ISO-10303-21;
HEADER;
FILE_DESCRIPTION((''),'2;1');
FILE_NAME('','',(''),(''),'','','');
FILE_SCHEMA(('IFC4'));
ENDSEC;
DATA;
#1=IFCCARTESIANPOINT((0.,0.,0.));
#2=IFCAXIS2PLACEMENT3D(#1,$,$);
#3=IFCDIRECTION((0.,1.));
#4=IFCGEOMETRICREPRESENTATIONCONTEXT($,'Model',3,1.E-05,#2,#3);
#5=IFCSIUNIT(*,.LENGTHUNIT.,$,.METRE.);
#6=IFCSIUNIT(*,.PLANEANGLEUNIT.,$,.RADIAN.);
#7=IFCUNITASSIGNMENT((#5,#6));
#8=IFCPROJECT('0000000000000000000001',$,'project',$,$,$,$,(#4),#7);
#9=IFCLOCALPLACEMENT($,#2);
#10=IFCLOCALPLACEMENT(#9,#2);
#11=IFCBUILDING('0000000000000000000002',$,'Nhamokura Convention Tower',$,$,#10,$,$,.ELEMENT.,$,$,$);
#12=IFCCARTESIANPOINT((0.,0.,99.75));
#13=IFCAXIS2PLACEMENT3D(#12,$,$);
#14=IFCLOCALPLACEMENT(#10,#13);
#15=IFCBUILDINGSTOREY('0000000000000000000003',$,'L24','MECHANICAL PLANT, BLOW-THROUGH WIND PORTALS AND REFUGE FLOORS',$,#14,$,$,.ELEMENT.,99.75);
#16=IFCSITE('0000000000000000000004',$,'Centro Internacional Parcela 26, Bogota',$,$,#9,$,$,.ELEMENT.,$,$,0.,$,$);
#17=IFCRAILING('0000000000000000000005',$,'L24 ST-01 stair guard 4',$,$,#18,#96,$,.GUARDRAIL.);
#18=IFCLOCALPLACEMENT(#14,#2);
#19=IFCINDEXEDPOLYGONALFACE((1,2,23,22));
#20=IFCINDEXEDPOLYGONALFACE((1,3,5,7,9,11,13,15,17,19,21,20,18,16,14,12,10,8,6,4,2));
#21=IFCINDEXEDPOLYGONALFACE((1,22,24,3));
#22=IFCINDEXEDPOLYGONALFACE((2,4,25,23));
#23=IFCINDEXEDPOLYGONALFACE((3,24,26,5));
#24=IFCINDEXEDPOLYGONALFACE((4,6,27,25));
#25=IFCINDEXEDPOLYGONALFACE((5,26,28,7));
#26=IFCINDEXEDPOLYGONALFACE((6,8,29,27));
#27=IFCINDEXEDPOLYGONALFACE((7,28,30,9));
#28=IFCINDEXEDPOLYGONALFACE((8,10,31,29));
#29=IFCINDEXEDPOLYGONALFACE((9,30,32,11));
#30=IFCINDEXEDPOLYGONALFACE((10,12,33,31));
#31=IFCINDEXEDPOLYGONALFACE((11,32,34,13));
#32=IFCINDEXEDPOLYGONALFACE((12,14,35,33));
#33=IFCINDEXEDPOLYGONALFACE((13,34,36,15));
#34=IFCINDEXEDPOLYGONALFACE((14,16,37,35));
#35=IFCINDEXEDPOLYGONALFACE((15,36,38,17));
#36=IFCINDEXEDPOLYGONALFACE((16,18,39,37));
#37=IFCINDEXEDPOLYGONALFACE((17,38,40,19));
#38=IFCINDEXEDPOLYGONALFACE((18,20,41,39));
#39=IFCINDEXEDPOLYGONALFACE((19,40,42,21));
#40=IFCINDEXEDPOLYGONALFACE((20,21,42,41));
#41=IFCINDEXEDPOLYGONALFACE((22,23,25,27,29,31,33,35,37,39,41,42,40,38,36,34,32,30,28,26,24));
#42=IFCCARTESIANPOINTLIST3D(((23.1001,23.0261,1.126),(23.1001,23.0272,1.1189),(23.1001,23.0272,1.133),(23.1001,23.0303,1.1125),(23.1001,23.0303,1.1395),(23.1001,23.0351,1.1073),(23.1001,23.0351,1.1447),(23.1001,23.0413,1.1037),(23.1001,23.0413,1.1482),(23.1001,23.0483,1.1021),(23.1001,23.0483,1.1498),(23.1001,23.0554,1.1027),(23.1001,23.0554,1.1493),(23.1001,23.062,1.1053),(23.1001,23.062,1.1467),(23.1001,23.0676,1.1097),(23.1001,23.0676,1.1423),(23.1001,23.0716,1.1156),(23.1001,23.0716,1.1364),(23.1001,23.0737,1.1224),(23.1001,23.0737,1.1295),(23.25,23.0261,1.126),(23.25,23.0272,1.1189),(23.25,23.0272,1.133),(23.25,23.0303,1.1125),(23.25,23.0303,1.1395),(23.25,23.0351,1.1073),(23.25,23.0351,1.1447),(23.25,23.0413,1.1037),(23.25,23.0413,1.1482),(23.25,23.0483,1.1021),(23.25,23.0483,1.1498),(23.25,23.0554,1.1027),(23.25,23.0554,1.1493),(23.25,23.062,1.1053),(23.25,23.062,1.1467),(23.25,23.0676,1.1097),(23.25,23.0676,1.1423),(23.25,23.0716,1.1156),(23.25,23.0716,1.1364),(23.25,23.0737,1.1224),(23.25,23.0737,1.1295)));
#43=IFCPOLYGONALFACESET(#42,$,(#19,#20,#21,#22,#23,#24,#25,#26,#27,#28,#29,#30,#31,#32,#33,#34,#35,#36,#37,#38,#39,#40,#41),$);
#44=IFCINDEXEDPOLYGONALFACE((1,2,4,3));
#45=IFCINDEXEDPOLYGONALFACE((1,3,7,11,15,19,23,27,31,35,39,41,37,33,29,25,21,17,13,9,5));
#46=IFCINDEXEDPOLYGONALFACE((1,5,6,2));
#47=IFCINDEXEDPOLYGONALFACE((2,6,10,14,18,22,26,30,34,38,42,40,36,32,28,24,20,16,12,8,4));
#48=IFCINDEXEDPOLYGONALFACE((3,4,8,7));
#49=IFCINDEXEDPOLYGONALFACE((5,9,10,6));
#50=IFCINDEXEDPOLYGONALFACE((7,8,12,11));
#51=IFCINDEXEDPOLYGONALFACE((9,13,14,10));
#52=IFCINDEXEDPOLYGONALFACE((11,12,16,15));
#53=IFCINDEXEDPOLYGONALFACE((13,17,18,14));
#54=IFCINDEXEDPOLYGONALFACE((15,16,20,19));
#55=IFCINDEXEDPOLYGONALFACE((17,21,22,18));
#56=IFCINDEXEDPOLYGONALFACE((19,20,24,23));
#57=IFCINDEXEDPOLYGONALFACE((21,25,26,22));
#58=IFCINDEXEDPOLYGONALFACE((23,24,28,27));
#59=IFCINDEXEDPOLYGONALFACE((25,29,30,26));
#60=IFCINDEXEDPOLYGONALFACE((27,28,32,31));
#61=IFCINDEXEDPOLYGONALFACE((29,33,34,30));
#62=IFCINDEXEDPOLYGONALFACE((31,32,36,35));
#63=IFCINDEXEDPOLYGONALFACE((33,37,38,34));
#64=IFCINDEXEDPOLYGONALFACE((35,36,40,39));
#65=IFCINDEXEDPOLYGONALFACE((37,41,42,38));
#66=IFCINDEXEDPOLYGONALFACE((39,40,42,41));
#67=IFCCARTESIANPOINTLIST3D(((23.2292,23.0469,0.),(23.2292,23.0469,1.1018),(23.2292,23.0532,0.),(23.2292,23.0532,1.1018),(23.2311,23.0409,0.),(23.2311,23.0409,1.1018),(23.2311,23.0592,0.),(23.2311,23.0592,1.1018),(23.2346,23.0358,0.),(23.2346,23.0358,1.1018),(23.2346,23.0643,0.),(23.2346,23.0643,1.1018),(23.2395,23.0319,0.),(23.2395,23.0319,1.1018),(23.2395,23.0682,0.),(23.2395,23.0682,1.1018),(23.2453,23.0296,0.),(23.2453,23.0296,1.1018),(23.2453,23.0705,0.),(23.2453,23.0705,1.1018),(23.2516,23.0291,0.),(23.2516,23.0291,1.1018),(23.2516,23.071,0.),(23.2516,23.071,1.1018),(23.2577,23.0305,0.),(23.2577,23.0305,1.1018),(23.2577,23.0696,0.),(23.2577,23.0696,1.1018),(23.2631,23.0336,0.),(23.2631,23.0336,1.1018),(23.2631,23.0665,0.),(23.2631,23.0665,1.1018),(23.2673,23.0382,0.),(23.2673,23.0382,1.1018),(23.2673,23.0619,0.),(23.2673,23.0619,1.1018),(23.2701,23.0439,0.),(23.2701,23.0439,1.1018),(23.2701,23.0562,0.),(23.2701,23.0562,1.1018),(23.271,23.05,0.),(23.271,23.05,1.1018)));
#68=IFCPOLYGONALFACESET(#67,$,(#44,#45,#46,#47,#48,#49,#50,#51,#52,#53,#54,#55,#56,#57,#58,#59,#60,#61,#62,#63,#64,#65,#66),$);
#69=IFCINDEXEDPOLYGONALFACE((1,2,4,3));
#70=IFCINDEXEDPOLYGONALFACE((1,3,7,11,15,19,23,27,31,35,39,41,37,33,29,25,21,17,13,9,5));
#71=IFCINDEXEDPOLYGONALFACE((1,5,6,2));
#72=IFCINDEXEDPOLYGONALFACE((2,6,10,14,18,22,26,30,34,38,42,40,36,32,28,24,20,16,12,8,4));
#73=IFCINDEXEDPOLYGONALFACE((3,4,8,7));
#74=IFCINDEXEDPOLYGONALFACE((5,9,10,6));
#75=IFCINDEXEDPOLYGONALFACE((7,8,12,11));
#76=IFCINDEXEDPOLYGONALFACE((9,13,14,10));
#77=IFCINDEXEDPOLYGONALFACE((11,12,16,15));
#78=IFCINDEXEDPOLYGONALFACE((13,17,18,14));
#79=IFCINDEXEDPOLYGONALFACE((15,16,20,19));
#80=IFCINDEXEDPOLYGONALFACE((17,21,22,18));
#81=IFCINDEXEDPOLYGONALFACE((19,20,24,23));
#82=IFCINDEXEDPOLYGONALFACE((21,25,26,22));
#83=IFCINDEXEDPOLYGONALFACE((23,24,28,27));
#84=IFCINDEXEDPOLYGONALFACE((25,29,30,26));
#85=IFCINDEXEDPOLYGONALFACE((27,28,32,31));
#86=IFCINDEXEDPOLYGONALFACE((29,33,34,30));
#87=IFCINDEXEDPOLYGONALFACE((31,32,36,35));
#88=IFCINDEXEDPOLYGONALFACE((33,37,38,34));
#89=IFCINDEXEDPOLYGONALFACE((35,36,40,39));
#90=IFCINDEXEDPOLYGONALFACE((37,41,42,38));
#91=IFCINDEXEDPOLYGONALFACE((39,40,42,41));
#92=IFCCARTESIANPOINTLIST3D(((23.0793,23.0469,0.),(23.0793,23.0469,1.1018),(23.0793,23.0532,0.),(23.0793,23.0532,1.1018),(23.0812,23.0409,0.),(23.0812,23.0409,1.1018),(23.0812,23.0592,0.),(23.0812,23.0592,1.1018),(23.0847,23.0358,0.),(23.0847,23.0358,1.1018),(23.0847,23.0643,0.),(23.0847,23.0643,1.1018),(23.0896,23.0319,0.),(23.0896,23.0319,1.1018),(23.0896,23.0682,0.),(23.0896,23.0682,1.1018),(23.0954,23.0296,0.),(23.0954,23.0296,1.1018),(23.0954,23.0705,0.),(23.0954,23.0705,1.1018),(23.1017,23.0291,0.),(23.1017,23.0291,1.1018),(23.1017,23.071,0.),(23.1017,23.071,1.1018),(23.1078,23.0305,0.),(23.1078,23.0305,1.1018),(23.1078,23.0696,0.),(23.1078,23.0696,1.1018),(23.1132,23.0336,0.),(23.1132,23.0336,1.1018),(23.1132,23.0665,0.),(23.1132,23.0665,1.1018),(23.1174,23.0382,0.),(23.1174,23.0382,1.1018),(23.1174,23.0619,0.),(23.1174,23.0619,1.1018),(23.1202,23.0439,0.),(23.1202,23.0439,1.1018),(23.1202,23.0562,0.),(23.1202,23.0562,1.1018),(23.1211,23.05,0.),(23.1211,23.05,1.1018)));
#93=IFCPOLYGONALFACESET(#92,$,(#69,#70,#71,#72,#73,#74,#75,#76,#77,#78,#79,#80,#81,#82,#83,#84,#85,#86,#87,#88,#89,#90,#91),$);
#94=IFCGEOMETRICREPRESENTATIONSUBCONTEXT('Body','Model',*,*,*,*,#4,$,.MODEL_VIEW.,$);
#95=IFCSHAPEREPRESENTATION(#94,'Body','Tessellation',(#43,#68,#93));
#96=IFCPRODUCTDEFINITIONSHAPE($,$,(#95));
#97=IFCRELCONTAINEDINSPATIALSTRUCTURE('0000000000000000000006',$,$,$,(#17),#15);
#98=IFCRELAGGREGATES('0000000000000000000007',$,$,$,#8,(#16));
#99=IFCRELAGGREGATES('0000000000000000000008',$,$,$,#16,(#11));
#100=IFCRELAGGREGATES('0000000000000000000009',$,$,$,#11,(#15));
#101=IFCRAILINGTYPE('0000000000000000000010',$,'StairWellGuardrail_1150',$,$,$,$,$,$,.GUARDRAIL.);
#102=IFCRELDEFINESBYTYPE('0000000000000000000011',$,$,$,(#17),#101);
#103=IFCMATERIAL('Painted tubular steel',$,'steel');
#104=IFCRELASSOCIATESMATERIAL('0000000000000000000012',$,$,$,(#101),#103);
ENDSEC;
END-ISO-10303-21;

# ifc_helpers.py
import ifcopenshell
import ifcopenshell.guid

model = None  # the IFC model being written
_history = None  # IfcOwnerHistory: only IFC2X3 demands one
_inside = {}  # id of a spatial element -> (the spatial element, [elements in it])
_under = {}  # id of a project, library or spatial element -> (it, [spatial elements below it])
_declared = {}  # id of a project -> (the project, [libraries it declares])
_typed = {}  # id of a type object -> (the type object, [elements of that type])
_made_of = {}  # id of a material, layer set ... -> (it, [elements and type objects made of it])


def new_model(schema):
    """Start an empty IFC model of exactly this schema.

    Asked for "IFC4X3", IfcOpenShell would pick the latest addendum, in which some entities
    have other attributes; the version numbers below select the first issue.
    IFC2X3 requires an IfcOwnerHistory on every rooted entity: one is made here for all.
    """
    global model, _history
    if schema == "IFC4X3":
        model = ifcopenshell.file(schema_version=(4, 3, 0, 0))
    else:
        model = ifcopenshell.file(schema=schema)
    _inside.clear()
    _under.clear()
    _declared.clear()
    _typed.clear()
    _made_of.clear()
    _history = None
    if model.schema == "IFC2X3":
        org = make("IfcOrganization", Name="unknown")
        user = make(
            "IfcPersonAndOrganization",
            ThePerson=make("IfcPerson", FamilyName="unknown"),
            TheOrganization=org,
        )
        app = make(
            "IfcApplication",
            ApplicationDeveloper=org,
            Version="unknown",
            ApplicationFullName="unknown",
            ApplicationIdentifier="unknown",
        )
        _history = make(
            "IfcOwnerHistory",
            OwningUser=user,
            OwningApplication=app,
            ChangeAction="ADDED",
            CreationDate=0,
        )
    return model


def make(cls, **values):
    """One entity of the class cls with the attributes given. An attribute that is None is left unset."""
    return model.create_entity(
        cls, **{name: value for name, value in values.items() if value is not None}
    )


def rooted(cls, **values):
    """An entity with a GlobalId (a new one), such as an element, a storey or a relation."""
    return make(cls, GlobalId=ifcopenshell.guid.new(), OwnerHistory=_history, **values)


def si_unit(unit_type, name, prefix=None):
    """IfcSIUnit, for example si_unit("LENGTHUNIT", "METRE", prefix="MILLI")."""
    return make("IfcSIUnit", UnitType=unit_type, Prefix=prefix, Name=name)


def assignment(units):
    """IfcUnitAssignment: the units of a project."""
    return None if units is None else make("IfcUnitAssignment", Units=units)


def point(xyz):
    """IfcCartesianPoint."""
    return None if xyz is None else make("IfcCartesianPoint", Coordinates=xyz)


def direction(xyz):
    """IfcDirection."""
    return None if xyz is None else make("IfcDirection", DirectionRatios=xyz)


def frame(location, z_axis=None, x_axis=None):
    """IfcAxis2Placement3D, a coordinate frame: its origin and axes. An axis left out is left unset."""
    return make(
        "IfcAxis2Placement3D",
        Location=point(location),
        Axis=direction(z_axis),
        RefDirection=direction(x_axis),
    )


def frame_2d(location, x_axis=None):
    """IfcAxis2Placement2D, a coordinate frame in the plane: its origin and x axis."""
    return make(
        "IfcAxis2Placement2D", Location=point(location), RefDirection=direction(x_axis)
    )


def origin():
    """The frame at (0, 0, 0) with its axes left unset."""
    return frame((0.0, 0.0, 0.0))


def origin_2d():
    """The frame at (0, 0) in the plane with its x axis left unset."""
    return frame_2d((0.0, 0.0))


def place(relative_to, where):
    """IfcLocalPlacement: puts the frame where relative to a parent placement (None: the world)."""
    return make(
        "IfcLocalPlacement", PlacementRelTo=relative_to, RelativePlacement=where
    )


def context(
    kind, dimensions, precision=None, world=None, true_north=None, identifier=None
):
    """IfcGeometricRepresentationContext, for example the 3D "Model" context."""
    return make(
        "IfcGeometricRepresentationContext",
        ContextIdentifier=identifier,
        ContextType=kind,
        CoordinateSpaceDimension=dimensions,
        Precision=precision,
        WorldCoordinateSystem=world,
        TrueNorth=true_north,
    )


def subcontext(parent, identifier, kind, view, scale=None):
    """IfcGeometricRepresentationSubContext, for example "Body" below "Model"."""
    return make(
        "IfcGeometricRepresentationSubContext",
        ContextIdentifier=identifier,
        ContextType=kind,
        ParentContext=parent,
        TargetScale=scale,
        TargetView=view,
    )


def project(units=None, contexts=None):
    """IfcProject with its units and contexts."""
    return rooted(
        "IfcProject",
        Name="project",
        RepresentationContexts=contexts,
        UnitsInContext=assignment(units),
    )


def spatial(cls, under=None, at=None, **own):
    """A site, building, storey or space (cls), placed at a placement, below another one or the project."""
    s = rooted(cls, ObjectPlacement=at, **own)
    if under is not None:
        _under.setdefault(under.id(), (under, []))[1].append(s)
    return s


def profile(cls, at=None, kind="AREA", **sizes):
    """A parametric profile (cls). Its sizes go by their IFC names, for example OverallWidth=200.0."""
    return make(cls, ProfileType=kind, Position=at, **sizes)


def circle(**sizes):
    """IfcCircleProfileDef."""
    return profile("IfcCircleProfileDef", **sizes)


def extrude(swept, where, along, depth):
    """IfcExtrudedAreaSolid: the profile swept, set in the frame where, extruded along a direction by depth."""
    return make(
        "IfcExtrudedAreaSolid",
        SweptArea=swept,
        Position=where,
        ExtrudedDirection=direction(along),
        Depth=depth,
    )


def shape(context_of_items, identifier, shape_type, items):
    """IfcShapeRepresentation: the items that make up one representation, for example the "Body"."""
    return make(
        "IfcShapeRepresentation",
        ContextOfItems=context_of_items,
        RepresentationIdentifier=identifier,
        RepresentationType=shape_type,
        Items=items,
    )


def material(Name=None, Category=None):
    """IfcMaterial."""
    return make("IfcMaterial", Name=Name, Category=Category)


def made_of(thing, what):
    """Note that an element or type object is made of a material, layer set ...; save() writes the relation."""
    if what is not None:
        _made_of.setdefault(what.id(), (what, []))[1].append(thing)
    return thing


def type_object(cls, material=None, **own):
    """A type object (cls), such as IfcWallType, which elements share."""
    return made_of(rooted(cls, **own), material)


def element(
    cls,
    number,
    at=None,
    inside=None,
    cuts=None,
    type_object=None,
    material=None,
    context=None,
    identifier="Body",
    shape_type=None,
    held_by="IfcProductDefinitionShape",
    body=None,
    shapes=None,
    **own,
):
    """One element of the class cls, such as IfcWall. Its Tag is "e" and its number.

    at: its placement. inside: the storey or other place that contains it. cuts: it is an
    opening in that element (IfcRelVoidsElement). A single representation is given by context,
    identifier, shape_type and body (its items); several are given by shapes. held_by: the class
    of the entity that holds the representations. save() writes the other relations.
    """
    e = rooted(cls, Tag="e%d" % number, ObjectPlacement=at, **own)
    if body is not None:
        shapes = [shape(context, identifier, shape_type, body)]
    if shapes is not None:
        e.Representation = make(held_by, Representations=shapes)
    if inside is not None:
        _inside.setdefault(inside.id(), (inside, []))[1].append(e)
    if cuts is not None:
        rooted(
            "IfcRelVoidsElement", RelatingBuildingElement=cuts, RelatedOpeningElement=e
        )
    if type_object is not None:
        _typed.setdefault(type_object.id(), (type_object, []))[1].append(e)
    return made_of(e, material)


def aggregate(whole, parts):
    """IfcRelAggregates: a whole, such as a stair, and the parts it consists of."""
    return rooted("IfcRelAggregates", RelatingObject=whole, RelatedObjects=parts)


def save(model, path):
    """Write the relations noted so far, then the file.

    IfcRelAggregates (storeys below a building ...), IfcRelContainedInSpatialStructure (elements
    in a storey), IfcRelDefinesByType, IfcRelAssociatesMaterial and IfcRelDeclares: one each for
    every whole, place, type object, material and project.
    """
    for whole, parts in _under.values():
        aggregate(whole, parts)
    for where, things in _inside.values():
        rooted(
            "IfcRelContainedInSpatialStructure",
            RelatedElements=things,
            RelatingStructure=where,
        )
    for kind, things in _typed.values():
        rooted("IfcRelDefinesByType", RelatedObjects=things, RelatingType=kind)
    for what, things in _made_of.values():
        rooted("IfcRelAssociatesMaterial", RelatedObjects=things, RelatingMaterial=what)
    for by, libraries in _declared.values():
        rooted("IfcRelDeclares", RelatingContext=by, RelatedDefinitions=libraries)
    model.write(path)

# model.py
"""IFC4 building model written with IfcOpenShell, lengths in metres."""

from ifc_helpers import new_model, si_unit, direction, frame, origin, origin_2d, place, context, subcontext, project, spatial, circle, extrude, material, type_object, element, save


model = new_model("IFC4")

# Units and contexts
model_context = context("Model", 3, precision=1e-05, world=origin(), true_north=direction((0.0, 1.0)))
body_context = subcontext(model_context, "Body", "Model", "MODEL_VIEW")
ifc_project = project(units=[si_unit("LENGTHUNIT", "METRE"), si_unit("PLANEANGLEUNIT", "RADIAN")], contexts=[model_context])

# Site, building, storey
site_placement = place(None, origin())
site = spatial("IfcSite", under=ifc_project, at=site_placement, Name="Centro Internacional Parcela 26, Bogota", CompositionType="ELEMENT", RefElevation=0.0)
building_placement = place(site_placement, origin())
building = spatial("IfcBuilding", under=site, at=building_placement, Name="Nhamokura Convention Tower", CompositionType="ELEMENT")
storey_placement = place(building_placement, frame((0.0, 0.0, 99.75)))
storey = spatial("IfcBuildingStorey", under=building, at=storey_placement, Name="L24", Description="MECHANICAL PLANT, BLOW-THROUGH WIND PORTALS AND REFUGE FLOORS", CompositionType="ELEMENT", Elevation=99.75)

# Railing
ifc_material_1 = material(Name="Painted tubular steel", Category="steel")
railing_type_1 = type_object("IfcRailingType", Name="StairWellGuardrail_1150", PredefinedType="GUARDRAIL", material=ifc_material_1)
railing_1_placement = place(storey_placement, frame((23.25, 23.05, 0.0)))
element("IfcRailing", 1, at=railing_1_placement, inside=storey, type_object=railing_type_1, Name="L24 ST-01 stair guard 4", PredefinedType="GUARDRAIL", context=body_context, shape_type="SweptSolid", body=[
    extrude(circle(Radius=0.0239, at=origin_2d()), frame((0.0, 0.0, 1.126), z_axis=(-1.0, 0.0, 0.0), x_axis=(0.0, -1.0, 0.0)), (0.0, 0.0, 1.0), 0.1499),
    extrude(circle(Radius=0.021, at=origin_2d()), origin(), (0.0, 0.0, 1.0), 1.1018),
    extrude(circle(Radius=0.021, at=origin_2d()), frame((-0.1499, 0.0, 0.0)), (0.0, 0.0, 1.0), 1.1018),
])

save(model, "model.ifc")
